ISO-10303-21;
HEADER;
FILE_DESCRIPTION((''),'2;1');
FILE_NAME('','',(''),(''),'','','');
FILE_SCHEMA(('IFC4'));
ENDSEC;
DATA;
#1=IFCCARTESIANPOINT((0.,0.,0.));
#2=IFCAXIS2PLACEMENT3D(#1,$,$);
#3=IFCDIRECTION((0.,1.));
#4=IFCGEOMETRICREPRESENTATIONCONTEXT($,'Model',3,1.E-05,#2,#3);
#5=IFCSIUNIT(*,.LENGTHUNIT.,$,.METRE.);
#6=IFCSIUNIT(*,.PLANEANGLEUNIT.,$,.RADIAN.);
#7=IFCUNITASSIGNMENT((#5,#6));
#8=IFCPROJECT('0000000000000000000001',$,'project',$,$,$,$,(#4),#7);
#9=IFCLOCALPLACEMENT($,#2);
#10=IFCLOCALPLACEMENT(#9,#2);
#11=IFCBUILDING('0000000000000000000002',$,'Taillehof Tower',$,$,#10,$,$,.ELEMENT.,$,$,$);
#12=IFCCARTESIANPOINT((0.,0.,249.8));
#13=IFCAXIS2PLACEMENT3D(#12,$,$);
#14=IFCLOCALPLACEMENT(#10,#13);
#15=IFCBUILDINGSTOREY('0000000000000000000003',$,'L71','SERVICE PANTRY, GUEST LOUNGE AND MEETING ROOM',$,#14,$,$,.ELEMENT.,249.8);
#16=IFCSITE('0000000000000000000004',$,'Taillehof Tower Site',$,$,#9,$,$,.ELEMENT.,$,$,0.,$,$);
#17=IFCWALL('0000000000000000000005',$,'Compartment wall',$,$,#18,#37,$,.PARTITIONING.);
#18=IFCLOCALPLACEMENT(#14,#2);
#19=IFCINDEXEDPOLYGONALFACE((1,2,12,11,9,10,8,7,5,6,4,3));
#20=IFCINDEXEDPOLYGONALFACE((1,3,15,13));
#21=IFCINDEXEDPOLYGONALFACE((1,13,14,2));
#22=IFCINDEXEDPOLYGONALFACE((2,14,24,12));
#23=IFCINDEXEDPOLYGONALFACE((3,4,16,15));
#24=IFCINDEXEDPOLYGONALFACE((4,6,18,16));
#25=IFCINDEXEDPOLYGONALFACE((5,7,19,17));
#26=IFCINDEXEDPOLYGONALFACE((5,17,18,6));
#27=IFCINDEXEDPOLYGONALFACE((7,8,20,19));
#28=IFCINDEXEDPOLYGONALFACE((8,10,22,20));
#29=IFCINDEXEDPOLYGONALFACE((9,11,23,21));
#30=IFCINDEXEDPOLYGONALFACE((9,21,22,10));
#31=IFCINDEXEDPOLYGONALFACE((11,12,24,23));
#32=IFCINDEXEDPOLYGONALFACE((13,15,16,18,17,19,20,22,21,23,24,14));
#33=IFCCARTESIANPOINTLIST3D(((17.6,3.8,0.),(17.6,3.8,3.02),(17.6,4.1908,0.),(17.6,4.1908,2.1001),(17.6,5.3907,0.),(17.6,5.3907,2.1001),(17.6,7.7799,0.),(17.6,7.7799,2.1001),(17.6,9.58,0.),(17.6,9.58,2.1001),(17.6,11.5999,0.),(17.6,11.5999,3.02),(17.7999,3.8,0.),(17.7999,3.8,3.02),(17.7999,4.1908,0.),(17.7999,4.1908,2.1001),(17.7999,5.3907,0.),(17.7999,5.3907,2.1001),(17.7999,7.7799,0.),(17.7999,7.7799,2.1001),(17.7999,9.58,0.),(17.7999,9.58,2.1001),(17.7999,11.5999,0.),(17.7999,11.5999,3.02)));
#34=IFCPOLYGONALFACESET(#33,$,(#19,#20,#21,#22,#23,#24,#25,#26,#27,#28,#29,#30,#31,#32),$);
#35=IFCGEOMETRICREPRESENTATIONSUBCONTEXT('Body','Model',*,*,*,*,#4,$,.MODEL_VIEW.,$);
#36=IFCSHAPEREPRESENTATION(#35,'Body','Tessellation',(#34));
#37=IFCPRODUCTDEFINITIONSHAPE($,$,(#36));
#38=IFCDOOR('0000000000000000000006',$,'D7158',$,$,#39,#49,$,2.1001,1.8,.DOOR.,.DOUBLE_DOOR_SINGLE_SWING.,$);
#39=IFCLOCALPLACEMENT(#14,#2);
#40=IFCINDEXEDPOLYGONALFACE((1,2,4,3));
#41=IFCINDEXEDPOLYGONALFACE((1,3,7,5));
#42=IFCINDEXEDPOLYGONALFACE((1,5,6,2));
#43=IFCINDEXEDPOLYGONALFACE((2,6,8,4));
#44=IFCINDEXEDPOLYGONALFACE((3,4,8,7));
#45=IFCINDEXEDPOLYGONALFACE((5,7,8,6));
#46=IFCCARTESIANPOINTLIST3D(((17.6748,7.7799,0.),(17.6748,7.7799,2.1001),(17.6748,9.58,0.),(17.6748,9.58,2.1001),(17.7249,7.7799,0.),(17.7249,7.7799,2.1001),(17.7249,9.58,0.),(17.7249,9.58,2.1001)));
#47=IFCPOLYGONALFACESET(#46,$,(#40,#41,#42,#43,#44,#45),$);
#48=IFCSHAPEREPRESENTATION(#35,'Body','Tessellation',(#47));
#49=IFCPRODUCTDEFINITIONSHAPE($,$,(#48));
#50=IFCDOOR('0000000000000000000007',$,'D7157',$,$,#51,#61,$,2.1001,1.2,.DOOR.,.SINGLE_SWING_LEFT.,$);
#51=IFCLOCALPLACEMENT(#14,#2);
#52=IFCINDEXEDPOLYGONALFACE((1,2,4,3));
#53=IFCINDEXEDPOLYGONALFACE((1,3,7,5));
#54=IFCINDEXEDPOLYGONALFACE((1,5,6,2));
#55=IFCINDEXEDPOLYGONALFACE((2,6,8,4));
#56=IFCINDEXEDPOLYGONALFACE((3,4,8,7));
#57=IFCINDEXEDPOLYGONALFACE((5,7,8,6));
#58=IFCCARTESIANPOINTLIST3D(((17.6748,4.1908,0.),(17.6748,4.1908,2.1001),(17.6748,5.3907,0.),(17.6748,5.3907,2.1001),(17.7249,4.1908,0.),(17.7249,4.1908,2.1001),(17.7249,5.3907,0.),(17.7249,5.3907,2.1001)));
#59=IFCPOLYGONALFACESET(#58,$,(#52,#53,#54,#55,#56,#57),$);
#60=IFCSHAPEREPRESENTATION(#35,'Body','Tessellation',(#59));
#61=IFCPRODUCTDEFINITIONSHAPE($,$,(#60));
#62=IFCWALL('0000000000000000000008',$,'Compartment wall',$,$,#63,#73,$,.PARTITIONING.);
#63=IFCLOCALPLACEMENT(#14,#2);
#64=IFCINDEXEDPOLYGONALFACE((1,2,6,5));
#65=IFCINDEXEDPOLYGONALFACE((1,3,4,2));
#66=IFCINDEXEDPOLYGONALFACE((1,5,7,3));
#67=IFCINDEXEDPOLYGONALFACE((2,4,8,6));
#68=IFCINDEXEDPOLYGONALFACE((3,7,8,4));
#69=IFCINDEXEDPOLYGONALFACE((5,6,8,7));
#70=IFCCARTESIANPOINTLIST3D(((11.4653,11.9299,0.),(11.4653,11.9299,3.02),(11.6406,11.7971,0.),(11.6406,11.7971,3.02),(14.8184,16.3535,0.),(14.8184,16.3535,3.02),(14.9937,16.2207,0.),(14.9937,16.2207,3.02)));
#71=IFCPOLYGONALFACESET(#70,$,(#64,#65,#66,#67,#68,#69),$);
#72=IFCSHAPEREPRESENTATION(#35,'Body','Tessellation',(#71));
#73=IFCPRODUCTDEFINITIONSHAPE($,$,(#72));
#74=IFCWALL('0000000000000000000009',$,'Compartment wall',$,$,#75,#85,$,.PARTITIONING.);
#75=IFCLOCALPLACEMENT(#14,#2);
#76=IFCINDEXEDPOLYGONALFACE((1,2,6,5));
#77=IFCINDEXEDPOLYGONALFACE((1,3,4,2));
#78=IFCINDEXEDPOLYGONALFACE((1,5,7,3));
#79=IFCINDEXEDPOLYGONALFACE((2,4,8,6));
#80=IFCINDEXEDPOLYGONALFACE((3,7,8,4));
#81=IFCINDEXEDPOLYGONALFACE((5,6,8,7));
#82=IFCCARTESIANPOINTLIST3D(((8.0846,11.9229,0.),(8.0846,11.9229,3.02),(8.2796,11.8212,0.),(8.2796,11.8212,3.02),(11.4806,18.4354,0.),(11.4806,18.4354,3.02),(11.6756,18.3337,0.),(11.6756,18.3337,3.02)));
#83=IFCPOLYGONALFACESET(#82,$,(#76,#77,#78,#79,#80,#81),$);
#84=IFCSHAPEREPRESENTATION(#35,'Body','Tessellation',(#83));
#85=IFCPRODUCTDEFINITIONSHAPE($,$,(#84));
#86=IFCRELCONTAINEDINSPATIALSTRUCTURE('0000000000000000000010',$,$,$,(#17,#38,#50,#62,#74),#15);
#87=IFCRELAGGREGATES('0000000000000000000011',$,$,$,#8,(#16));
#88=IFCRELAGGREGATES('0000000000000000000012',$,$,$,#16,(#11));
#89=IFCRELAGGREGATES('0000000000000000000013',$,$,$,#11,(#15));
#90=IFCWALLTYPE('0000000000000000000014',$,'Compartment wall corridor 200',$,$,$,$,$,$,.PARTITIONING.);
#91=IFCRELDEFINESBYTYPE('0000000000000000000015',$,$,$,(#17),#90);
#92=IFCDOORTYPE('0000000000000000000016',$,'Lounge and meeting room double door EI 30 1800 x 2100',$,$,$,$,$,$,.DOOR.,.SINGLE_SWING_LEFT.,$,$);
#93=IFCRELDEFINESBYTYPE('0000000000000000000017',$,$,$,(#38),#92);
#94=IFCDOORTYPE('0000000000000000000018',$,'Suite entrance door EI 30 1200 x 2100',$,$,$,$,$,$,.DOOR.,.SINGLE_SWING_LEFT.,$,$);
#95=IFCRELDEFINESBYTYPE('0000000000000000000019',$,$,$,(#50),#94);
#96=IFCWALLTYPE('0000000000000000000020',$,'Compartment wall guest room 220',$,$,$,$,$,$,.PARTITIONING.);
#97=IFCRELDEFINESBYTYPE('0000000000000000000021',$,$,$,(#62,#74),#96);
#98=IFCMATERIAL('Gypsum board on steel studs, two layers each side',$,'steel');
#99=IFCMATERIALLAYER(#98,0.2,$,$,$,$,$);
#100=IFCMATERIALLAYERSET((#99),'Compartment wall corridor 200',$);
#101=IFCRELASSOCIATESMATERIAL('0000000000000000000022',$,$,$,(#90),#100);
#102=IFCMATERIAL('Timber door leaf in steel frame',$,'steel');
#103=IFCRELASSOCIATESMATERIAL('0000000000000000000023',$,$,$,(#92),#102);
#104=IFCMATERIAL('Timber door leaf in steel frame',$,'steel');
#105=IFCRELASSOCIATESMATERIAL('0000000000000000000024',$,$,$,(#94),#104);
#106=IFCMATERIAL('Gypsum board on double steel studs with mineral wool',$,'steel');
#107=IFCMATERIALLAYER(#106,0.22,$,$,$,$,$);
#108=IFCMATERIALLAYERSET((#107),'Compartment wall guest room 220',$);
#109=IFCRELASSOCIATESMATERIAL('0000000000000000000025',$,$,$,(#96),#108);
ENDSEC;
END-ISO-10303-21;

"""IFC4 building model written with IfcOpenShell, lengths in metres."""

from ifc_helpers import new_model, si_unit, direction, frame, frame_2d, origin, place, context, subcontext, project, spatial, rectangle, extrude, material, layer, layer_set, type_object, element, fill, save


model = new_model("IFC4")

# Units and contexts
model_context = context("Model", 3, precision=1e-05, world=origin(), true_north=direction((0.0, 1.0)))
body_context = subcontext(model_context, "Body", "Model", "MODEL_VIEW")
ifc_project = project(units=[si_unit("LENGTHUNIT", "METRE"), si_unit("PLANEANGLEUNIT", "RADIAN")], contexts=[model_context])

# Site, building, storey
site_placement = place(None, origin())
site = spatial("IfcSite", under=ifc_project, at=site_placement, Name="Taillehof Tower Site", CompositionType="ELEMENT", RefElevation=0.0)
building_placement = place(site_placement, origin())
building = spatial("IfcBuilding", under=site, at=building_placement, Name="Taillehof Tower", CompositionType="ELEMENT")
storey_placement = place(building_placement, frame((0.0, 0.0, 249.8)))
storey = spatial("IfcBuildingStorey", under=building, at=storey_placement, Name="L71", Description="SERVICE PANTRY, GUEST LOUNGE AND MEETING ROOM", CompositionType="ELEMENT", Elevation=249.8)

# Shared definitions
ifc_material_1 = material(Name="Gypsum board on steel studs, two layers each side", Category="steel")
ifc_layer_1 = layer(ifc_material_1, 0.2)
ifc_layer_set_1 = layer_set([ifc_layer_1], Name="Compartment wall corridor 200")
wall_type_1 = type_object("IfcWallType", Name="Compartment wall corridor 200", PredefinedType="PARTITIONING", material=ifc_layer_set_1)

# Wall, openings, doors
wall_1_placement = place(storey_placement, frame((17.7, 11.5999, 0.0), z_axis=(0.0, 0.0, 1.0), x_axis=(0.0, -1.0, 0.0)))
wall_1 = element("IfcWall", 1, at=wall_1_placement, inside=storey, type_object=wall_type_1, Name="Compartment wall", PredefinedType="PARTITIONING", context=body_context, shape_type="SweptSolid", body=[
    extrude(rectangle(XDim=7.7998, YDim=0.2, at=frame_2d((3.8999, 0.0))), origin(), (0.0, 0.0, 1.0), 3.02),
])
opening_1_placement = place(wall_1_placement, frame((6.209, 0.0, 0.0)))
opening_1 = element("IfcOpeningElement", 2, at=opening_1_placement, cuts=wall_1, PredefinedType="OPENING", context=body_context, shape_type="SweptSolid", body=[
    extrude(rectangle(XDim=1.2, YDim=2.1001, at=frame_2d((0.6001, 1.05))), frame((0.0, 0.1099, 0.0), z_axis=(0.0, -1.0, 0.0), x_axis=(1.0, 0.0, 0.0)), (0.0, 0.0, 1.0), 0.22),
])
opening_2_placement = place(wall_1_placement, frame((2.02, 0.0, 0.0)))
opening_2 = element("IfcOpeningElement", 3, at=opening_2_placement, cuts=wall_1, PredefinedType="OPENING", context=body_context, shape_type="SweptSolid", body=[
    extrude(rectangle(XDim=1.8, YDim=2.1001, at=frame_2d((0.8999, 1.05))), frame((0.0, 0.1099, 0.0), z_axis=(0.0, -1.0, 0.0), x_axis=(1.0, 0.0, 0.0)), (0.0, 0.0, 1.0), 0.22),
])
ifc_material_2 = material(Name="Timber door leaf in steel frame", Category="steel")
door_type_1 = type_object("IfcDoorType", Name="Lounge and meeting room double door EI 30 1800 x 2100", OperationType="SINGLE_SWING_LEFT", PredefinedType="DOOR", material=ifc_material_2)
door_1_placement = place(opening_2_placement, origin())
door_1 = element("IfcDoor", 4, at=door_1_placement, inside=storey, type_object=door_type_1, Name="D7158", OperationType="DOUBLE_DOOR_SINGLE_SWING", OverallHeight=2.1001, OverallWidth=1.8, PredefinedType="DOOR", context=body_context, shape_type="SweptSolid", body=[
    extrude(rectangle(XDim=1.8, YDim=2.1001, at=frame_2d((0.8999, 1.05))), frame((0.0, 0.0249, 0.0), z_axis=(0.0, -1.0, 0.0), x_axis=(1.0, 0.0, 0.0)), (0.0, 0.0, 1.0), 0.05),
])
fill(opening_2, door_1)
ifc_material_3 = material(Name="Timber door leaf in steel frame", Category="steel")
door_type_2 = type_object("IfcDoorType", Name="Suite entrance door EI 30 1200 x 2100", OperationType="SINGLE_SWING_LEFT", PredefinedType="DOOR", material=ifc_material_3)
door_2_placement = place(opening_1_placement, origin())
door_2 = element("IfcDoor", 5, at=door_2_placement, inside=storey, type_object=door_type_2, Name="D7157", OperationType="SINGLE_SWING_LEFT", OverallHeight=2.1001, OverallWidth=1.2, PredefinedType="DOOR", context=body_context, shape_type="SweptSolid", body=[
    extrude(rectangle(XDim=1.2, YDim=2.1001, at=frame_2d((0.6001, 1.05))), frame((0.0, 0.0249, 0.0), z_axis=(0.0, -1.0, 0.0), x_axis=(1.0, 0.0, 0.0)), (0.0, 0.0, 1.0), 0.05),
])
fill(opening_1, door_2)

# Walls
ifc_material_4 = material(Name="Gypsum board on double steel studs with mineral wool", Category="steel")
ifc_layer_2 = layer(ifc_material_4, 0.22)
ifc_layer_set_2 = layer_set([ifc_layer_2], Name="Compartment wall guest room 220")
wall_type_2 = type_object("IfcWallType", Name="Compartment wall guest room 220", PredefinedType="PARTITIONING", material=ifc_layer_set_2)
wall_2_placement = place(storey_placement, frame((14.906, 16.2871, 0.0), z_axis=(0.0, 0.0, 1.0), x_axis=(-0.604067, -0.796934, 0.0)))
element("IfcWall", 6, at=wall_2_placement, inside=storey, type_object=wall_type_2, Name="Compartment wall", PredefinedType="PARTITIONING", context=body_context, shape_type="SweptSolid", body=[
    extrude(rectangle(XDim=5.5508, YDim=0.22, at=frame_2d((2.7754, 0.0))), origin(), (0.0, 0.0, 1.0), 3.02),
])
wall_3_placement = place(storey_placement, frame((11.5781, 18.3845, 0.0), z_axis=(0.0, 0.0, 1.0), x_axis=(-0.462373, -0.886686, 0.0)))
element("IfcWall", 7, at=wall_3_placement, inside=storey, type_object=wall_type_2, Name="Compartment wall", PredefinedType="PARTITIONING", context=body_context, shape_type="SweptSolid", body=[
    extrude(rectangle(XDim=7.3447, YDim=0.22, at=frame_2d((3.6724, 0.0))), origin(), (0.0, 0.0, 1.0), 3.02),
])

save(model, "model.ifc")
